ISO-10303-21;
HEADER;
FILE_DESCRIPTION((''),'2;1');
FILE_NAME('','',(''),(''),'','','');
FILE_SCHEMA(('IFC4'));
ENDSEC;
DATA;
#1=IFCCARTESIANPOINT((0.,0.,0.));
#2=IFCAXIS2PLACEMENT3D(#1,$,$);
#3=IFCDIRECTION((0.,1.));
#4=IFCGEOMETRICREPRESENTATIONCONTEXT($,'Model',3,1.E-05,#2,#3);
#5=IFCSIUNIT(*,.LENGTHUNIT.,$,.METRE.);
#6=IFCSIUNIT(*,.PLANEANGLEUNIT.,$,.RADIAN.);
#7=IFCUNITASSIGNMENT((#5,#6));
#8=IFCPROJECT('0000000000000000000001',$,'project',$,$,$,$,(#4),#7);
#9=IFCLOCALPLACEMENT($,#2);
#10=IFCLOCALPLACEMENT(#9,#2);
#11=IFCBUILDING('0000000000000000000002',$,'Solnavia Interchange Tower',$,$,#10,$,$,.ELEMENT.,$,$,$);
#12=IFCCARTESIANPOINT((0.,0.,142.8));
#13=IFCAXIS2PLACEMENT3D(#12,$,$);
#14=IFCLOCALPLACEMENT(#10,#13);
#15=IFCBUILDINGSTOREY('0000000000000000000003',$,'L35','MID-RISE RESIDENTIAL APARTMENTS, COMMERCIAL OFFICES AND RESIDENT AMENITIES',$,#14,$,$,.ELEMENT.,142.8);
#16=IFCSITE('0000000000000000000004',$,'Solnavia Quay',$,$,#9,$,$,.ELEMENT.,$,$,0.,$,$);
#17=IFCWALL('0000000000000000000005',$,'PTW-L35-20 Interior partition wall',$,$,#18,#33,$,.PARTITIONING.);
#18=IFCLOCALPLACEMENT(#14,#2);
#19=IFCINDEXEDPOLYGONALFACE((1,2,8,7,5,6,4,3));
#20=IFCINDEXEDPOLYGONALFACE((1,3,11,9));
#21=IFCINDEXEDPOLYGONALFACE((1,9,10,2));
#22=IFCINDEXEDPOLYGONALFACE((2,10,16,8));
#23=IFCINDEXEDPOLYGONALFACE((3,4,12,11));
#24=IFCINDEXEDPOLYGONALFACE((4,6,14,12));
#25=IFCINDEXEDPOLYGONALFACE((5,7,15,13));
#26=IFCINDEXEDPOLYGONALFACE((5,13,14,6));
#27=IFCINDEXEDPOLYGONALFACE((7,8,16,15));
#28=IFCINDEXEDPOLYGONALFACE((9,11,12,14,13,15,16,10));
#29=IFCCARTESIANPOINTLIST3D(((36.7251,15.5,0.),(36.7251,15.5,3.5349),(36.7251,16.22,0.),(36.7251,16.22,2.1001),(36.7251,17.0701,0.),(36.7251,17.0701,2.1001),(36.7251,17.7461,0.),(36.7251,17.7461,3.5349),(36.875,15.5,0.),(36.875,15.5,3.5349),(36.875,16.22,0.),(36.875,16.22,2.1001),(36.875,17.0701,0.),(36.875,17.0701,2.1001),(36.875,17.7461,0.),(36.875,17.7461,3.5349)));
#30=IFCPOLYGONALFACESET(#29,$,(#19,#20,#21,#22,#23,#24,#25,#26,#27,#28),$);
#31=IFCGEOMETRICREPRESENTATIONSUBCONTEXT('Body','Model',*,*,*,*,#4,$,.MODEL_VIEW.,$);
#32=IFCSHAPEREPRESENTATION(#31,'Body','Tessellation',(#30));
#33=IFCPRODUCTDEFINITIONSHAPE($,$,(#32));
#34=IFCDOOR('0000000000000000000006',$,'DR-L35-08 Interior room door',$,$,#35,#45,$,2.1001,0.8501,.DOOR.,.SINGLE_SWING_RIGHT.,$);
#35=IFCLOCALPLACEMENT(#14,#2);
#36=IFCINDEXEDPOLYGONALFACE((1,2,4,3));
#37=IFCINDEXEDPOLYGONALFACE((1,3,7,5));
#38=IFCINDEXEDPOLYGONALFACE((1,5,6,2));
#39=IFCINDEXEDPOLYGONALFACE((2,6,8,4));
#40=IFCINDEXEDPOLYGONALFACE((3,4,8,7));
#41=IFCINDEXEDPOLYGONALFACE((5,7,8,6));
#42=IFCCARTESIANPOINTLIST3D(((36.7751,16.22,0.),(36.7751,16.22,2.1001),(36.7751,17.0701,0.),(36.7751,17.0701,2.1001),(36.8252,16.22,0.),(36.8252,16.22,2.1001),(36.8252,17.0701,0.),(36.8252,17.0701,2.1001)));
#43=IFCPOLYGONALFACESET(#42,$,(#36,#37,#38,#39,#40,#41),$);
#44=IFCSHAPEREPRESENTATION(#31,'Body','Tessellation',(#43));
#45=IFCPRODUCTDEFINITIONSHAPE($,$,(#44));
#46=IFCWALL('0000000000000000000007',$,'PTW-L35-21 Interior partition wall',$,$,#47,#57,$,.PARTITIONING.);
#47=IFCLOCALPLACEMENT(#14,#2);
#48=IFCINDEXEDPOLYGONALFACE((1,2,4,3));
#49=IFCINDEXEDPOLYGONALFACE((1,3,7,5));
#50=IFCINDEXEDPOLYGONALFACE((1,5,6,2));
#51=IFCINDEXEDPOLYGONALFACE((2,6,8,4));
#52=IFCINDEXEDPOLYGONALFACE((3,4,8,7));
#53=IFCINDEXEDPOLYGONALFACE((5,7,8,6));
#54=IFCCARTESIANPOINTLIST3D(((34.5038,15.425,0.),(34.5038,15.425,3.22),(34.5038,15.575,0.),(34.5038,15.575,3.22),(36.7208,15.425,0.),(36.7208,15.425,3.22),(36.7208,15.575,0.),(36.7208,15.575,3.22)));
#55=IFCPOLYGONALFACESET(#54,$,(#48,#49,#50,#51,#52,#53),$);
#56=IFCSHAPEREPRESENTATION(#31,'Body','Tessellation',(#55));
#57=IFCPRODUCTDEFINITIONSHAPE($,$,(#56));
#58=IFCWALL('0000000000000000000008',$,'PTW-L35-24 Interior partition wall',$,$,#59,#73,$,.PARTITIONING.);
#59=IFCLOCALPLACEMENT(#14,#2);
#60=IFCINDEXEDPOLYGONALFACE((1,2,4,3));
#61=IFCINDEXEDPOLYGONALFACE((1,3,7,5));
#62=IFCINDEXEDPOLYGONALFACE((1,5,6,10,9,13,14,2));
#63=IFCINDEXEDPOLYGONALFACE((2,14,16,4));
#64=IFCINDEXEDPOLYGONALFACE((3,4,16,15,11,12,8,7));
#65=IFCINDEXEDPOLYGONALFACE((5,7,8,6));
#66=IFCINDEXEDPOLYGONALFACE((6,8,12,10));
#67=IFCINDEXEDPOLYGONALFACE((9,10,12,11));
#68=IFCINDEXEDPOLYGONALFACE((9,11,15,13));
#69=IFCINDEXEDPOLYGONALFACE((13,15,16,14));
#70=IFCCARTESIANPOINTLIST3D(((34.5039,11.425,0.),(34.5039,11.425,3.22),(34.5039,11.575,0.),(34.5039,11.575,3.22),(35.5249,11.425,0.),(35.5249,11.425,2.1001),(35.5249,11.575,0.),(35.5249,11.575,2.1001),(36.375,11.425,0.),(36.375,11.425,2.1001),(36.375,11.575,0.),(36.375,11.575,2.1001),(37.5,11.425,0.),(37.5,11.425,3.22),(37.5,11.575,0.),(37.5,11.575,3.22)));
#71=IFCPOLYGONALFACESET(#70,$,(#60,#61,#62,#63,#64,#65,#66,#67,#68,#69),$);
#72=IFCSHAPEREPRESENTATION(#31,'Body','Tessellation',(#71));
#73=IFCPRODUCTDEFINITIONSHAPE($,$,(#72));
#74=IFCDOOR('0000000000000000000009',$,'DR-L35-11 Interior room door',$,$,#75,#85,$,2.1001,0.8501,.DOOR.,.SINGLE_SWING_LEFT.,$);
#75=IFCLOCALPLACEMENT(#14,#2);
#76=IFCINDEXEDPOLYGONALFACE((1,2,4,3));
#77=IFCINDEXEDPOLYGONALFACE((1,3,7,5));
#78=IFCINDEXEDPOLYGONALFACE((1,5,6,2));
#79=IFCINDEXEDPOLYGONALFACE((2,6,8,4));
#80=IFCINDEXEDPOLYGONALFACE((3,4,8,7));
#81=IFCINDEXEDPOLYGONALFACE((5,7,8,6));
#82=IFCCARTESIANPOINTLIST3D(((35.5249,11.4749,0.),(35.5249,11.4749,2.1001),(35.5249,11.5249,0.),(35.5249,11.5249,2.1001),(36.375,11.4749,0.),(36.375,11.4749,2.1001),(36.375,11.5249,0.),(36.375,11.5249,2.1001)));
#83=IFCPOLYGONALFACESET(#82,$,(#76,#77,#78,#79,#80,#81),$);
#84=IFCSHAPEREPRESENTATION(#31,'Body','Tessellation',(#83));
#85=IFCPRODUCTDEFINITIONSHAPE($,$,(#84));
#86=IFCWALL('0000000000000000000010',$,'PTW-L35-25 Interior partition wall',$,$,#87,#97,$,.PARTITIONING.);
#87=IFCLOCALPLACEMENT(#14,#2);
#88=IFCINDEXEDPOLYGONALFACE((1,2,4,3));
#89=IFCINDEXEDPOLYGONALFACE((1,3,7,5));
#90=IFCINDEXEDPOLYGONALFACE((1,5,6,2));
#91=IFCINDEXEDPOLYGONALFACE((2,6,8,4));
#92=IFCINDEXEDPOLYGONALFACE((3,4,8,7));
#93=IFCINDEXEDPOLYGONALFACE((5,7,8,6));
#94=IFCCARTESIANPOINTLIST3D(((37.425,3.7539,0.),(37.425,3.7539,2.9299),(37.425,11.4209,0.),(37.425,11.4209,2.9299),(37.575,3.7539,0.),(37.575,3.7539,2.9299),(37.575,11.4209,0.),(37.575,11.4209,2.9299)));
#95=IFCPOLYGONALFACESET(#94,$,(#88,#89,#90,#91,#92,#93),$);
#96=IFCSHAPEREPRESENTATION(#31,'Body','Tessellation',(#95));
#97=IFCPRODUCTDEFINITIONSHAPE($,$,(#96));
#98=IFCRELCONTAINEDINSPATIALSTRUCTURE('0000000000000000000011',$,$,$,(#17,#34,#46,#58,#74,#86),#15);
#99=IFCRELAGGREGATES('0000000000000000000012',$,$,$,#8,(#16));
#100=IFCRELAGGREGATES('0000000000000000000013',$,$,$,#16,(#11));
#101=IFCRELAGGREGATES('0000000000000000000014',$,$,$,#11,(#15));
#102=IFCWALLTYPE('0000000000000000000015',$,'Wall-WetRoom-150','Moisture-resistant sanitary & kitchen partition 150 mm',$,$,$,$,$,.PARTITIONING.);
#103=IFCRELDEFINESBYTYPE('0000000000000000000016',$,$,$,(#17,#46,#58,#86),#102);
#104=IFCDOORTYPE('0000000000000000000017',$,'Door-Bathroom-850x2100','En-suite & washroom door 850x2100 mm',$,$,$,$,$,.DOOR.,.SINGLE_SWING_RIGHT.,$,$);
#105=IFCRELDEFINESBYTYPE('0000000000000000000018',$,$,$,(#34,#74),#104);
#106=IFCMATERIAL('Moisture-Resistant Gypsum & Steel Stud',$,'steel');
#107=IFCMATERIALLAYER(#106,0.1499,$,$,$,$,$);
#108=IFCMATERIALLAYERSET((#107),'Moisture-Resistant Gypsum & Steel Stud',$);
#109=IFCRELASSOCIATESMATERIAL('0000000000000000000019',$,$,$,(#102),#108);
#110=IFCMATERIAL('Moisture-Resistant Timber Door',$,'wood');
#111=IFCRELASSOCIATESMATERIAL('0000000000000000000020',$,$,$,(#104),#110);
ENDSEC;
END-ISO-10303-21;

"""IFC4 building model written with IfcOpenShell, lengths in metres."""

from ifc_helpers import new_model, si_unit, direction, frame, frame_2d, origin, place, context, subcontext, project, spatial, rectangle, extrude, material, layer, layer_set, type_object, element, fill, save


model = new_model("IFC4")

# Units and contexts
model_context = context("Model", 3, precision=1e-05, world=origin(), true_north=direction((0.0, 1.0)))
body_context = subcontext(model_context, "Body", "Model", "MODEL_VIEW")
ifc_project = project(units=[si_unit("LENGTHUNIT", "METRE"), si_unit("PLANEANGLEUNIT", "RADIAN")], contexts=[model_context])

# Site, building, storey
site_placement = place(None, origin())
site = spatial("IfcSite", under=ifc_project, at=site_placement, Name="Solnavia Quay", CompositionType="ELEMENT", RefElevation=0.0)
building_placement = place(site_placement, origin())
building = spatial("IfcBuilding", under=site, at=building_placement, Name="Solnavia Interchange Tower", CompositionType="ELEMENT")
storey_placement = place(building_placement, frame((0.0, 0.0, 142.8)))
storey = spatial("IfcBuildingStorey", under=building, at=storey_placement, Name="L35", Description="MID-RISE RESIDENTIAL APARTMENTS, COMMERCIAL OFFICES AND RESIDENT AMENITIES", CompositionType="ELEMENT", Elevation=142.8)

# Wall, opening, door
ifc_material_1 = material(Name="Moisture-Resistant Gypsum & Steel Stud", Category="steel")
ifc_layer_1 = layer(ifc_material_1, 0.1499)
ifc_layer_set_1 = layer_set([ifc_layer_1], Name="Moisture-Resistant Gypsum & Steel Stud")
wall_type_1 = type_object("IfcWallType", Name="Wall-WetRoom-150", Description="Moisture-resistant sanitary & kitchen partition 150 mm", PredefinedType="PARTITIONING", material=ifc_layer_set_1)
wall_1_placement = place(storey_placement, frame((36.8, 15.5, 0.0), z_axis=(0.0, 0.0, 1.0), x_axis=(0.0, 1.0, 0.0)))
wall_1 = element("IfcWall", 1, at=wall_1_placement, inside=storey, type_object=wall_type_1, Name="PTW-L35-20 Interior partition wall", PredefinedType="PARTITIONING", context=body_context, shape_type="SweptSolid", body=[
    extrude(rectangle(XDim=2.2461, YDim=0.1499, at=frame_2d((1.123, 0.0))), origin(), (0.0, 0.0, 1.0), 3.5349),
])
opening_1_placement = place(wall_1_placement, frame((0.72, 0.0, 0.0)))
opening_1 = element("IfcOpeningElement", 2, at=opening_1_placement, cuts=wall_1, PredefinedType="OPENING", context=body_context, shape_type="SweptSolid", body=[
    extrude(rectangle(XDim=0.8501, YDim=2.1001, at=frame_2d((0.425, 1.05))), frame((0.0, 0.085, 0.0), z_axis=(0.0, -1.0, 0.0), x_axis=(1.0, 0.0, 0.0)), (0.0, 0.0, 1.0), 0.1699),
])
ifc_material_2 = material(Name="Moisture-Resistant Timber Door", Category="wood")
door_type_1 = type_object("IfcDoorType", Name="Door-Bathroom-850x2100", Description="En-suite & washroom door 850x2100 mm", OperationType="SINGLE_SWING_RIGHT", PredefinedType="DOOR", material=ifc_material_2)
door_1_placement = place(opening_1_placement, origin())
door_1 = element("IfcDoor", 3, at=door_1_placement, inside=storey, type_object=door_type_1, Name="DR-L35-08 Interior room door", OperationType="SINGLE_SWING_RIGHT", OverallHeight=2.1001, OverallWidth=0.8501, PredefinedType="DOOR", context=body_context, shape_type="SweptSolid", body=[
    extrude(rectangle(XDim=0.8501, YDim=2.1001, at=frame_2d((0.425, 1.05))), frame((0.0, 0.0249, 0.0), z_axis=(0.0, -1.0, 0.0), x_axis=(1.0, 0.0, 0.0)), (0.0, 0.0, 1.0), 0.05),
])
fill(opening_1, door_1)

# Wall
wall_2_placement = place(storey_placement, frame((34.5039, 15.5, 0.0), z_axis=(0.0, 0.0, 1.0), x_axis=(1.0, 0.0, 0.0)))
element("IfcWall", 4, at=wall_2_placement, inside=storey, type_object=wall_type_1, Name="PTW-L35-21 Interior partition wall", PredefinedType="PARTITIONING", context=body_context, shape_type="SweptSolid", body=[
    extrude(rectangle(XDim=2.217, YDim=0.1499, at=frame_2d((1.1084, 0.0))), origin(), (0.0, 0.0, 1.0), 3.22),
])

# Wall, opening, door
wall_3_placement = place(storey_placement, frame((34.5039, 11.5, 0.0), z_axis=(0.0, 0.0, 1.0), x_axis=(1.0, 0.0, 0.0)))
wall_3 = element("IfcWall", 5, at=wall_3_placement, inside=storey, type_object=wall_type_1, Name="PTW-L35-24 Interior partition wall", PredefinedType="PARTITIONING", context=body_context, shape_type="SweptSolid", body=[
    extrude(rectangle(XDim=2.9961, YDim=0.1499, at=frame_2d((1.498, 0.0))), origin(), (0.0, 0.0, 1.0), 3.22),
])
opening_2_placement = place(wall_3_placement, frame((1.021, 0.0, 0.0)))
opening_2 = element("IfcOpeningElement", 6, at=opening_2_placement, cuts=wall_3, PredefinedType="OPENING", context=body_context, shape_type="SweptSolid", body=[
    extrude(rectangle(XDim=0.8501, YDim=2.1001, at=frame_2d((0.425, 1.05))), frame((0.0, 0.085, 0.0), z_axis=(0.0, -1.0, 0.0), x_axis=(1.0, 0.0, 0.0)), (0.0, 0.0, 1.0), 0.1699),
])
door_2_placement = place(opening_2_placement, origin())
door_2 = element("IfcDoor", 7, at=door_2_placement, inside=storey, type_object=door_type_1, Name="DR-L35-11 Interior room door", OperationType="SINGLE_SWING_LEFT", OverallHeight=2.1001, OverallWidth=0.8501, PredefinedType="DOOR", context=body_context, shape_type="SweptSolid", body=[
    extrude(rectangle(XDim=0.8501, YDim=2.1001, at=frame_2d((0.425, 1.05))), frame((0.0, 0.0249, 0.0), z_axis=(0.0, -1.0, 0.0), x_axis=(1.0, 0.0, 0.0)), (0.0, 0.0, 1.0), 0.05),
])
fill(opening_2, door_2)

# Wall
wall_4_placement = place(storey_placement, frame((37.5, 3.7539, 0.0), z_axis=(0.0, 0.0, 1.0), x_axis=(0.0, 1.0, 0.0)))
element("IfcWall", 8, at=wall_4_placement, inside=storey, type_object=wall_type_1, Name="PTW-L35-25 Interior partition wall", PredefinedType="PARTITIONING", context=body_context, shape_type="SweptSolid", body=[
    extrude(rectangle(XDim=7.667, YDim=0.1499, at=frame_2d((3.8335, 0.0))), origin(), (0.0, 0.0, 1.0), 2.9299),
])

save(model, "model.ifc")
